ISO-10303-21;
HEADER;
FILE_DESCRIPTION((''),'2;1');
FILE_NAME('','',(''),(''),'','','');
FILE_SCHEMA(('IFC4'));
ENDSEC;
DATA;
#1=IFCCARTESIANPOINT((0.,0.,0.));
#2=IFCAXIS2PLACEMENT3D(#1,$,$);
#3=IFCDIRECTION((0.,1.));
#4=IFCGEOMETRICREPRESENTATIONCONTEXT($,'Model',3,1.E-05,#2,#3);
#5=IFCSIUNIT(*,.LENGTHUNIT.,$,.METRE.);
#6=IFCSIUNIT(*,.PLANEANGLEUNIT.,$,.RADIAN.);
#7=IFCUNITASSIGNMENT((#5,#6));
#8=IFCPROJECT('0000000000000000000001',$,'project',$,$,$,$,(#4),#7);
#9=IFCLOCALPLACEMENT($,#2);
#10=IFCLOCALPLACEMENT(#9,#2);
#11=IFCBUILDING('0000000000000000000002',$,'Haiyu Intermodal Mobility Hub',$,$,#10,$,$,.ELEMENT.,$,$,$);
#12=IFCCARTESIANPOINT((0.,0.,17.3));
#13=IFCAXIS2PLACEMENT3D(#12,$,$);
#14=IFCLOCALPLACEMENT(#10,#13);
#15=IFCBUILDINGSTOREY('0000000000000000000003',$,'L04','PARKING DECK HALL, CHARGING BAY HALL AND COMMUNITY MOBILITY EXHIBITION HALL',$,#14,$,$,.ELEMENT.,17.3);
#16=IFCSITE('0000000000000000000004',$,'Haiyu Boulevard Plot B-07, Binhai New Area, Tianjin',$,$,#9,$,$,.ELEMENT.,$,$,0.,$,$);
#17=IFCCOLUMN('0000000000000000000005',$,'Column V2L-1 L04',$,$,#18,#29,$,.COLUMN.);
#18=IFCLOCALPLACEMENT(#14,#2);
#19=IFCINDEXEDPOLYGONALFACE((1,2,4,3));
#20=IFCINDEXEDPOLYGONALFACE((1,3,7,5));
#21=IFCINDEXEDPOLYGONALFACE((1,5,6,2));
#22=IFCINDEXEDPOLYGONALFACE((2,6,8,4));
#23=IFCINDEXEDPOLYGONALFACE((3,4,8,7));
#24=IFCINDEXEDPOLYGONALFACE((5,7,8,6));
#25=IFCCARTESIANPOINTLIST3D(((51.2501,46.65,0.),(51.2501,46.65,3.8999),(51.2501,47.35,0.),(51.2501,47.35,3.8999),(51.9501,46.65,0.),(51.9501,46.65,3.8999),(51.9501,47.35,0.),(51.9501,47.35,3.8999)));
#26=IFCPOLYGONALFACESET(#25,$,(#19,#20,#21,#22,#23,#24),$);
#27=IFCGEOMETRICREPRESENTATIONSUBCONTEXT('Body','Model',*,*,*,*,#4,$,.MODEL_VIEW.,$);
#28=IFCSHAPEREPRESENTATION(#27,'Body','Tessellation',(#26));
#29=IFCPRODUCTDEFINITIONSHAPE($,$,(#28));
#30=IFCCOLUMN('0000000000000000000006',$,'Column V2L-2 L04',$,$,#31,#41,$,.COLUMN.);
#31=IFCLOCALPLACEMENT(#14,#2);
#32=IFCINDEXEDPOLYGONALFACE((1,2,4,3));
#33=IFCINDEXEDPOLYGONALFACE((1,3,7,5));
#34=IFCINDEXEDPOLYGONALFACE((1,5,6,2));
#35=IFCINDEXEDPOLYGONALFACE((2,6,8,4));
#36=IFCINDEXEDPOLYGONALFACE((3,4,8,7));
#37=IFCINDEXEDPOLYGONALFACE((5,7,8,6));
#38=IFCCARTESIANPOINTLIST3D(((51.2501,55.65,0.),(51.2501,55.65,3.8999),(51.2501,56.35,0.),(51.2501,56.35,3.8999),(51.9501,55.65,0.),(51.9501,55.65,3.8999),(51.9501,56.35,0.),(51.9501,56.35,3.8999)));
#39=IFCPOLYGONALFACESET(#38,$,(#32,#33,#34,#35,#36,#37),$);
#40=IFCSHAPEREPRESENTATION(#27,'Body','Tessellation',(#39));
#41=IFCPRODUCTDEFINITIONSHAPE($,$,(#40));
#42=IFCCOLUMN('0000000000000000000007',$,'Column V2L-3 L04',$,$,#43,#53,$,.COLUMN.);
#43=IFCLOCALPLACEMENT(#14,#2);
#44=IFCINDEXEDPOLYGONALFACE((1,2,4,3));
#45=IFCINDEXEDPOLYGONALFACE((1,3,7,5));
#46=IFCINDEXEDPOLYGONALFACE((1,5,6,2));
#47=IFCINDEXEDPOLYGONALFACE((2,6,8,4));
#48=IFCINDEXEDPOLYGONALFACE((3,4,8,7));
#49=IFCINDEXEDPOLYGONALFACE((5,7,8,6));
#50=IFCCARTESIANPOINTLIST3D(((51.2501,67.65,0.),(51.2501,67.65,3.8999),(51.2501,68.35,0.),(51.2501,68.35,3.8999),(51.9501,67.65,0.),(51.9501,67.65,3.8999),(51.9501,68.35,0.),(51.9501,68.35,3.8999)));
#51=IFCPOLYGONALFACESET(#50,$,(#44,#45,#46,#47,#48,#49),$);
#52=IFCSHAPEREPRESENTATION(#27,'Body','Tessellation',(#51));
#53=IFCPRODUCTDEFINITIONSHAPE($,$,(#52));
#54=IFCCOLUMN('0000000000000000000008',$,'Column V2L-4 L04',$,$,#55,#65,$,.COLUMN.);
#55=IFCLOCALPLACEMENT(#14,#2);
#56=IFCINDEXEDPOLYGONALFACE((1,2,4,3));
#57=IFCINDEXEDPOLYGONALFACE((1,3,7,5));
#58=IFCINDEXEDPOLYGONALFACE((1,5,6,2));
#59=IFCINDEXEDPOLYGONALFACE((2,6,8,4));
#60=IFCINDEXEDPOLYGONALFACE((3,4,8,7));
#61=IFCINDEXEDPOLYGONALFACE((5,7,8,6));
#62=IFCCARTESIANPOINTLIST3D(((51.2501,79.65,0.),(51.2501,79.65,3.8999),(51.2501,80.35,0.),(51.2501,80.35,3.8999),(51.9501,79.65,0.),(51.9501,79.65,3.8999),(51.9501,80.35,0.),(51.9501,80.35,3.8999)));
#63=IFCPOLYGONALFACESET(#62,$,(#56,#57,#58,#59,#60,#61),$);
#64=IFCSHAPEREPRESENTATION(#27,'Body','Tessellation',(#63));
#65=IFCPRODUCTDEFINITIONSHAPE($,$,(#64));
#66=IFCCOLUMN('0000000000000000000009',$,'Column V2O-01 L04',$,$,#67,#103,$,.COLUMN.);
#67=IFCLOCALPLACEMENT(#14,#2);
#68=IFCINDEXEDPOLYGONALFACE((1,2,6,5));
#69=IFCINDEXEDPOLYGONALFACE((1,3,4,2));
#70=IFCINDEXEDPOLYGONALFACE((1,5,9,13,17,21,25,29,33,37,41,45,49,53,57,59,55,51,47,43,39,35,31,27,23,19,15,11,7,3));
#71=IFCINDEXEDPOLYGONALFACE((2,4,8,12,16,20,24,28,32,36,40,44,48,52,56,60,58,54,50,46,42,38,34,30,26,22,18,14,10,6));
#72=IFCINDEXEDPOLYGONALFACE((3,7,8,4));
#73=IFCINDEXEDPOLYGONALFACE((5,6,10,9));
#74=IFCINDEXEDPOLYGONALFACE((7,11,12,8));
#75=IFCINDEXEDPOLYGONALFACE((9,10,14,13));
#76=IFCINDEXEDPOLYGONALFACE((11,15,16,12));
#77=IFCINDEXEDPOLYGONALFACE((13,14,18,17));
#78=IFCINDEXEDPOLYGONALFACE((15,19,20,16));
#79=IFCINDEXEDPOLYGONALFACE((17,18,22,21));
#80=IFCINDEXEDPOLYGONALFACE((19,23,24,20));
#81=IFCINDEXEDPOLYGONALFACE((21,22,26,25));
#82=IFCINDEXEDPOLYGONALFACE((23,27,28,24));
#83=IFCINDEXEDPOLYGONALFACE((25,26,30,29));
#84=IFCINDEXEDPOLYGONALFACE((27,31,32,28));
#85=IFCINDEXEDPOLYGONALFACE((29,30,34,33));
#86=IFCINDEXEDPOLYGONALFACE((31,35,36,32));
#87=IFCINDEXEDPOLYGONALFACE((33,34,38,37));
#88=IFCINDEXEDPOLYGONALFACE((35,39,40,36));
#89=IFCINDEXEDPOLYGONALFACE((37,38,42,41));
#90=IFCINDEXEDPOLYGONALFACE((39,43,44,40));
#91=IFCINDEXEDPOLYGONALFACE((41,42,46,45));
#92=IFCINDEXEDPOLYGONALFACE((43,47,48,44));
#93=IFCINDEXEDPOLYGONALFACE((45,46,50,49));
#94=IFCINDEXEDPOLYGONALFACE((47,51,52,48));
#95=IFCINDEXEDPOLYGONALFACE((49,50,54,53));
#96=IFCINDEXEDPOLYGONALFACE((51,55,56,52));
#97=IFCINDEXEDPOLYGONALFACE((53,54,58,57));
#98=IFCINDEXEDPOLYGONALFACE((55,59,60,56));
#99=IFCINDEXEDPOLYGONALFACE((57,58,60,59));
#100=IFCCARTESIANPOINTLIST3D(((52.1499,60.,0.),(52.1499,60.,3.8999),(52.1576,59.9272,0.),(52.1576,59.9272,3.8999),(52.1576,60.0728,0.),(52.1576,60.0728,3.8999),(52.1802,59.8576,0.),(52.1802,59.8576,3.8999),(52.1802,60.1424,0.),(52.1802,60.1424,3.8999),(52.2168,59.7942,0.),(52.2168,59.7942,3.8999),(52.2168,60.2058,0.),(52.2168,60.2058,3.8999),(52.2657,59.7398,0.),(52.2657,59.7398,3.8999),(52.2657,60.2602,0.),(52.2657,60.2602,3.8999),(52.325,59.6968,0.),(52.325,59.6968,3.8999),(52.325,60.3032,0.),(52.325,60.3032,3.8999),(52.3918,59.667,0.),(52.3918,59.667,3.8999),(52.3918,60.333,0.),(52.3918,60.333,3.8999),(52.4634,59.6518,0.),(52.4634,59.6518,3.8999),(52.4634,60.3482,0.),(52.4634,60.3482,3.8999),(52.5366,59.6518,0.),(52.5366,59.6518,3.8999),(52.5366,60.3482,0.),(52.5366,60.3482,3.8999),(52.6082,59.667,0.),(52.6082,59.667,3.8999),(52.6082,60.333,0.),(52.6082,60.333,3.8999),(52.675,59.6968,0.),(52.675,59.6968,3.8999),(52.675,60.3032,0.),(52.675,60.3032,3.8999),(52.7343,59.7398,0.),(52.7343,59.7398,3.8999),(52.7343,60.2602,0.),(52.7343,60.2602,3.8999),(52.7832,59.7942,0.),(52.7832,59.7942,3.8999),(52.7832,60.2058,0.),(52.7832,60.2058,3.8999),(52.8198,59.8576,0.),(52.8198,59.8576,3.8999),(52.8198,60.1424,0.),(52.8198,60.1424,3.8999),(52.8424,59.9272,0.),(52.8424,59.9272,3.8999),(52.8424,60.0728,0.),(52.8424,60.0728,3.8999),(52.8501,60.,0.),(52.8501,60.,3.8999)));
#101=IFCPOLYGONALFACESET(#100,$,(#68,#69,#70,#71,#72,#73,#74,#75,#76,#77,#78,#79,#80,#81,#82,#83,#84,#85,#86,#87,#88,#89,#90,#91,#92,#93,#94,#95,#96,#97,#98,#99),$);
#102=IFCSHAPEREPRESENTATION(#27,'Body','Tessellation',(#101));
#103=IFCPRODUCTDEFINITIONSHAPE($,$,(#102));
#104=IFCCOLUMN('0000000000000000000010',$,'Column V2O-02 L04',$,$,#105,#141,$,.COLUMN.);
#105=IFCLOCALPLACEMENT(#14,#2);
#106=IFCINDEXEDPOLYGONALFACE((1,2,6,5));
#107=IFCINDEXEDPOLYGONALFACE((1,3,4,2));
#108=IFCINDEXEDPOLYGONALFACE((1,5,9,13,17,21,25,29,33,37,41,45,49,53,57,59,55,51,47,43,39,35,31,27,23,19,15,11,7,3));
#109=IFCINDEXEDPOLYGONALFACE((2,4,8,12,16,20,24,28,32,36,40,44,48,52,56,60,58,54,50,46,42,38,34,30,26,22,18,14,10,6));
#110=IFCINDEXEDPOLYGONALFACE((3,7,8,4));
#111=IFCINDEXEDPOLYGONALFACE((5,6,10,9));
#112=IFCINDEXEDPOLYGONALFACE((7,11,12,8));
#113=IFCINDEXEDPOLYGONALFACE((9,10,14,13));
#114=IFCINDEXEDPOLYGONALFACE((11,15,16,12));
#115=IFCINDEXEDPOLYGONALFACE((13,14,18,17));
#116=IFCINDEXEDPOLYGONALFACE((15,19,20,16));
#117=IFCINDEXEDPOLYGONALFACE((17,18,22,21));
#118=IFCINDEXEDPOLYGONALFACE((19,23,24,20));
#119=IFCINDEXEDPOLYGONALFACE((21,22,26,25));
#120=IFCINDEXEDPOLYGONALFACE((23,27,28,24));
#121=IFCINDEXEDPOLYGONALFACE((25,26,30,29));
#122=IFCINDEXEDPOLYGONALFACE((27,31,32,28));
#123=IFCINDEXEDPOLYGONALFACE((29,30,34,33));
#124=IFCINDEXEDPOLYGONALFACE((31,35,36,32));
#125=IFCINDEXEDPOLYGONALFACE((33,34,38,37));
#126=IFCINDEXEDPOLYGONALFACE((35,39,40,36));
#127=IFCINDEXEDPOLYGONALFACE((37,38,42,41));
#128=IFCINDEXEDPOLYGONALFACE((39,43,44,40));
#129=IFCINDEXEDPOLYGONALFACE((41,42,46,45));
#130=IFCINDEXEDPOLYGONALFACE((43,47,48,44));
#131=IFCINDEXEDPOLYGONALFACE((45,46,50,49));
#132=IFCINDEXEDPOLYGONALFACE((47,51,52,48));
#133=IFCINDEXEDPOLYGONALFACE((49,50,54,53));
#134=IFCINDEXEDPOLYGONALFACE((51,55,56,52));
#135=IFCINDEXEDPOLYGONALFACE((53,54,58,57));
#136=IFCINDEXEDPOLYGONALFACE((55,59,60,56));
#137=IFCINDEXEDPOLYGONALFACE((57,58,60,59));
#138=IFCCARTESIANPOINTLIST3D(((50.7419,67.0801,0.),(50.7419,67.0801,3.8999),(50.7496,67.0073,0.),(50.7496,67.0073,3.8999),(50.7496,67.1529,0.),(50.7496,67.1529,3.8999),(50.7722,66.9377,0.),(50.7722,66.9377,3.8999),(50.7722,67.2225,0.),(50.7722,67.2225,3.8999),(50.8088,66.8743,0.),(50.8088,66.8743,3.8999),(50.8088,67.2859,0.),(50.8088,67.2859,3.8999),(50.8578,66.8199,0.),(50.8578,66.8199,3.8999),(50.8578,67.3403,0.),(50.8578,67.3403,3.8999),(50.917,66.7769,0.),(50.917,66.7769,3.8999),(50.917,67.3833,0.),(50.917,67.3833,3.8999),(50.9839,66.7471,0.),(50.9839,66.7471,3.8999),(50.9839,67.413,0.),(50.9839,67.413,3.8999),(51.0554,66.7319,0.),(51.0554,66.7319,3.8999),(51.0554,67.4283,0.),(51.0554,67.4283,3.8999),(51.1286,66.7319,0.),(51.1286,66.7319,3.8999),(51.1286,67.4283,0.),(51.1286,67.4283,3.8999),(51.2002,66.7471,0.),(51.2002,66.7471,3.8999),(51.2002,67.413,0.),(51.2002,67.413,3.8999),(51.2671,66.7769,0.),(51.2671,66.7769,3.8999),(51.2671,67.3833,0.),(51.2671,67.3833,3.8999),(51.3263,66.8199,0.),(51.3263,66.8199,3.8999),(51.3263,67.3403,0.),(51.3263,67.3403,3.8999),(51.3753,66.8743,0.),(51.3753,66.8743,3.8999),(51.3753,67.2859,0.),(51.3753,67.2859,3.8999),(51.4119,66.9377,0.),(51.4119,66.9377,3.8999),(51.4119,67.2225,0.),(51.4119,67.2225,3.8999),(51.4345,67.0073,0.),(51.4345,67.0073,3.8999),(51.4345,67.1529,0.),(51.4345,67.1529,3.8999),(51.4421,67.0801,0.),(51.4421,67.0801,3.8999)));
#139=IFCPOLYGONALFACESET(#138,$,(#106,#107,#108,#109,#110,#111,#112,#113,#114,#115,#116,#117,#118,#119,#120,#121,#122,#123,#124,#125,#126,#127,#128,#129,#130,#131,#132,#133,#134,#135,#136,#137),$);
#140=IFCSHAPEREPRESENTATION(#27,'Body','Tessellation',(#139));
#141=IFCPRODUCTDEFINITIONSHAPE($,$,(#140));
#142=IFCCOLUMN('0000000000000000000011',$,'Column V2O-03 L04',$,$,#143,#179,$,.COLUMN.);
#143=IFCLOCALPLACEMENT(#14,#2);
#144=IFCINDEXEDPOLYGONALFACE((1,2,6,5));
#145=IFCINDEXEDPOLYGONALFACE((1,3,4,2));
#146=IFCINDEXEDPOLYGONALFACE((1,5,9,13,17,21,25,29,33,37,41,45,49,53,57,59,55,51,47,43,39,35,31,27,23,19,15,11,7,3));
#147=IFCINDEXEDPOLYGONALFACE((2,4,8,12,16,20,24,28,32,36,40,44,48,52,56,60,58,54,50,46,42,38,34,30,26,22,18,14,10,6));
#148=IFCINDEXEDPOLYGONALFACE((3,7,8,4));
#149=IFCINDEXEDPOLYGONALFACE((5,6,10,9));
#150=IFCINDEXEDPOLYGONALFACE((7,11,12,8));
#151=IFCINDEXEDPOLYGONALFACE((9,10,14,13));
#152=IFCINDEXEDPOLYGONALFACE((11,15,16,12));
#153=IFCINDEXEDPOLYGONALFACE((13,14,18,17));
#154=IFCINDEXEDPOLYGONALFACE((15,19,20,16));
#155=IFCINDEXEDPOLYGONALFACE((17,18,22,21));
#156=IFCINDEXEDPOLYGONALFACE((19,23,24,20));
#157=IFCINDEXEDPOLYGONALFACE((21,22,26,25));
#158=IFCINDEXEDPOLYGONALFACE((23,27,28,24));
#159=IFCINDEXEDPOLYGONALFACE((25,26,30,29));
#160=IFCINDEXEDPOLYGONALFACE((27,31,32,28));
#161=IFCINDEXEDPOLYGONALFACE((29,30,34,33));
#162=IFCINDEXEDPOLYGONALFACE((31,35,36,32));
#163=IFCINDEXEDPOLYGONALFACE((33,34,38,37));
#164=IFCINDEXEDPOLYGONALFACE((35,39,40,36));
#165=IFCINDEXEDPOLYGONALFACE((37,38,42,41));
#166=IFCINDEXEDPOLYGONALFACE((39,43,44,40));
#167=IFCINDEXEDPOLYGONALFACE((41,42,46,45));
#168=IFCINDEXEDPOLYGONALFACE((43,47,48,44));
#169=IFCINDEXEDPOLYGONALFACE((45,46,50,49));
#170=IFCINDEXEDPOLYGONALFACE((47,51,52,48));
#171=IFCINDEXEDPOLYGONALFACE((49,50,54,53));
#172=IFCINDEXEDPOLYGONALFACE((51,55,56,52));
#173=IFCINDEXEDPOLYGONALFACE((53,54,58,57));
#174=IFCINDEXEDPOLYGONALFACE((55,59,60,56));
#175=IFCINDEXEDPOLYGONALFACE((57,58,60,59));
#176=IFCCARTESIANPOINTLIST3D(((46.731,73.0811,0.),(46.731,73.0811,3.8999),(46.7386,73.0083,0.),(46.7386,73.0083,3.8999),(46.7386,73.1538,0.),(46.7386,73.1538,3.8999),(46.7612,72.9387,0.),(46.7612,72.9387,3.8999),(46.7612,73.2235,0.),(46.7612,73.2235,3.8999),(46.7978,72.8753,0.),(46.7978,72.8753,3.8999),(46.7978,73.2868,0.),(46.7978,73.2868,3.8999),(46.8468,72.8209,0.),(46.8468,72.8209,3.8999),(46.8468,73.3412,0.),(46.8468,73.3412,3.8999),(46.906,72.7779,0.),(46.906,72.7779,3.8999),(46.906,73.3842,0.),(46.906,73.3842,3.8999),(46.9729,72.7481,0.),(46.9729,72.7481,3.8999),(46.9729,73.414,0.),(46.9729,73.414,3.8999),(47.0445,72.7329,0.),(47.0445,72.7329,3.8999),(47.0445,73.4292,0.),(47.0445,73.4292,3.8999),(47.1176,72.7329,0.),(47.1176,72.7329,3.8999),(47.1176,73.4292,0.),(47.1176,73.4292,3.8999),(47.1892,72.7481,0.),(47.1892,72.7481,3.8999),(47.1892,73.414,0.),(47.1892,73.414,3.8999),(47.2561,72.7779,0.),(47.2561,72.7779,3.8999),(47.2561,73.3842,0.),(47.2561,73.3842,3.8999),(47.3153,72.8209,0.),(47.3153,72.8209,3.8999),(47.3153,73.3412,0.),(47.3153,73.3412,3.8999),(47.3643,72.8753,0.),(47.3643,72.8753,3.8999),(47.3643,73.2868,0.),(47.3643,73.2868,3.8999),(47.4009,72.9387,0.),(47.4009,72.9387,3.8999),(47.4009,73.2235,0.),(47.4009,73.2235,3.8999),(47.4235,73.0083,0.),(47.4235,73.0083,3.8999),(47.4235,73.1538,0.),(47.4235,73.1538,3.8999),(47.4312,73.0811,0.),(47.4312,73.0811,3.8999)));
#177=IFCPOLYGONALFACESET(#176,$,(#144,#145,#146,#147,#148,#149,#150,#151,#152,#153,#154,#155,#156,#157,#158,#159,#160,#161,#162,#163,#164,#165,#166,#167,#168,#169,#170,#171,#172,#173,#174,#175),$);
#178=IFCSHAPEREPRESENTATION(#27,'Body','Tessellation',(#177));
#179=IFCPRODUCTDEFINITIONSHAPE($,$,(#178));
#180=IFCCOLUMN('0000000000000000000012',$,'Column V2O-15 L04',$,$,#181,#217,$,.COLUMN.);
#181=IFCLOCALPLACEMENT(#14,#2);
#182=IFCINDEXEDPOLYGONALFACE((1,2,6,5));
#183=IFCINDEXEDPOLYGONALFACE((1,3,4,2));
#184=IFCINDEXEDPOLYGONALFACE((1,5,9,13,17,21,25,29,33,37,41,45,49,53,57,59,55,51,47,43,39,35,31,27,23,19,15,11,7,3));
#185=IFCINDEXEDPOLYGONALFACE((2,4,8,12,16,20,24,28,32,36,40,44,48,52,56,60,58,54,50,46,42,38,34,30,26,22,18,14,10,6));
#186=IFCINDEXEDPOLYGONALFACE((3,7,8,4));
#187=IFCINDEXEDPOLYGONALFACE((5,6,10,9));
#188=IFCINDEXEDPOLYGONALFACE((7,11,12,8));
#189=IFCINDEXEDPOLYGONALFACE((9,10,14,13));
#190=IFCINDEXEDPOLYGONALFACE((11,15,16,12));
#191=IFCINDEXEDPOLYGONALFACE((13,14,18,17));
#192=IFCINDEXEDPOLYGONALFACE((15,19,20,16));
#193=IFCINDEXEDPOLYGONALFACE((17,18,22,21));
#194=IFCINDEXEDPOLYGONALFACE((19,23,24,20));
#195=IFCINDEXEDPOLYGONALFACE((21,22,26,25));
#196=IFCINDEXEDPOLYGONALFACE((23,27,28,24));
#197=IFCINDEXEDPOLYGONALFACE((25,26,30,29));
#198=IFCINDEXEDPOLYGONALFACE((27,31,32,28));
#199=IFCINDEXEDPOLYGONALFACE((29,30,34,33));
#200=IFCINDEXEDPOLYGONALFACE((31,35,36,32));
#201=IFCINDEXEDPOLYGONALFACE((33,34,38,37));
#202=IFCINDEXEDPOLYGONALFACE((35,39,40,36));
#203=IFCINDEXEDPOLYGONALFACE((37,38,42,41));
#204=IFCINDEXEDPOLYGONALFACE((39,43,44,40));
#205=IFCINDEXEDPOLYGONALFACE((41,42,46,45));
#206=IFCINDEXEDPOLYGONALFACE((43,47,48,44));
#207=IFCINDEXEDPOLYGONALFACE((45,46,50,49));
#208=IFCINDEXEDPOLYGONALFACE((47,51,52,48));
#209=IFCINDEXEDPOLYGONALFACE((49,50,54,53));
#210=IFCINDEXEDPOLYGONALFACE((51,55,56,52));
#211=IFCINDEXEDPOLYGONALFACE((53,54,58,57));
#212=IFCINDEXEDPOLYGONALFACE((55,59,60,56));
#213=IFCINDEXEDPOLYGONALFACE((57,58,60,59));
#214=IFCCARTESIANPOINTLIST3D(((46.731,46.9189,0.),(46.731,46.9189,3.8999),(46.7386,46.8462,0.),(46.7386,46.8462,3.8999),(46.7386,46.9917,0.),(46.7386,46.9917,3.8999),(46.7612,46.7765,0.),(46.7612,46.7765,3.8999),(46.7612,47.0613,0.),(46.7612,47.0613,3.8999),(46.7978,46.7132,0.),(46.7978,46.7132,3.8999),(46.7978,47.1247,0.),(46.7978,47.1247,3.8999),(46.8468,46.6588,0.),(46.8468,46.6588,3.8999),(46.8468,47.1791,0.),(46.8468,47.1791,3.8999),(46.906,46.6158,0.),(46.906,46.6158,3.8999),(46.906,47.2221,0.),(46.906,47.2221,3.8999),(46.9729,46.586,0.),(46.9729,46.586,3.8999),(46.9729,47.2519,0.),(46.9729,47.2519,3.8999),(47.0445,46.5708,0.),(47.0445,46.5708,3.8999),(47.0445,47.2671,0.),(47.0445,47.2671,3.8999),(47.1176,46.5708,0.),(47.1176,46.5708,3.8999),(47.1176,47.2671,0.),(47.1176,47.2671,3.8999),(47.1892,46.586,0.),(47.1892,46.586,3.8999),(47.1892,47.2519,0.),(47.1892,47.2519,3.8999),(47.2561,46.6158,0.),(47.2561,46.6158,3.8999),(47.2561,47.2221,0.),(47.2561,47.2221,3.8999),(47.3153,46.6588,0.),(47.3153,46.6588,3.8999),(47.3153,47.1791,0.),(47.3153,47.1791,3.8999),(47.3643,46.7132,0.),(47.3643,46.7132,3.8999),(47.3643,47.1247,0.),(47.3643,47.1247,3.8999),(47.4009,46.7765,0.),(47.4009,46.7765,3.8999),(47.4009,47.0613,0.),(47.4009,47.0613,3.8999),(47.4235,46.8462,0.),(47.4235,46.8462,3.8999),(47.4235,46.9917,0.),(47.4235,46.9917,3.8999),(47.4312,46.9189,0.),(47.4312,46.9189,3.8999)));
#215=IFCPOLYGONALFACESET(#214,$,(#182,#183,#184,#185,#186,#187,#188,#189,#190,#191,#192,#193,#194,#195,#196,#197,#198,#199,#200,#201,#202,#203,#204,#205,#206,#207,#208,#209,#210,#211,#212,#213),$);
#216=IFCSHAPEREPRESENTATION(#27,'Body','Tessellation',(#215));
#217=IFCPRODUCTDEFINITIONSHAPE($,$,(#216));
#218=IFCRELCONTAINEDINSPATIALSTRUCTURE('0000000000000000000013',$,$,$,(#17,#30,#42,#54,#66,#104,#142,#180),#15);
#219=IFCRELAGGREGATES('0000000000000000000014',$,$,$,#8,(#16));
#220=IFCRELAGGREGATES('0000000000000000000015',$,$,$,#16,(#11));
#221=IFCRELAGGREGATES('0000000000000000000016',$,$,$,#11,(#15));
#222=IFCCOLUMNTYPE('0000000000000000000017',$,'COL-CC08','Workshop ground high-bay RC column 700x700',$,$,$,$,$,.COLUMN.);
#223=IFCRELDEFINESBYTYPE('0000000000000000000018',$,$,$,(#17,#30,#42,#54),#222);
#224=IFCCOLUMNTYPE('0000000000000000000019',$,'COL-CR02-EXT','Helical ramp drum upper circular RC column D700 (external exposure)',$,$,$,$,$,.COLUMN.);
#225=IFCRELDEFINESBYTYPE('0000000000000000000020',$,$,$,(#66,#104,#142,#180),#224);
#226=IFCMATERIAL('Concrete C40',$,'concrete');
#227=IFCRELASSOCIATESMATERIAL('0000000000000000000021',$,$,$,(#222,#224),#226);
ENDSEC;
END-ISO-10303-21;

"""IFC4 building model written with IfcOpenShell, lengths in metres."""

from ifc_helpers import new_model, si_unit, direction, frame, origin, origin_2d, place, context, subcontext, project, spatial, rectangle, circle, extrude, material, material_profile, profile_set, type_object, element, save


model = new_model("IFC4")

# Units and contexts
model_context = context("Model", 3, precision=1e-05, world=origin(), true_north=direction((0.0, 1.0)))
body_context = subcontext(model_context, "Body", "Model", "MODEL_VIEW")
ifc_project = project(units=[si_unit("LENGTHUNIT", "METRE"), si_unit("PLANEANGLEUNIT", "RADIAN")], contexts=[model_context])

# Site, building, storey
site_placement = place(None, origin())
site = spatial("IfcSite", under=ifc_project, at=site_placement, Name="Haiyu Boulevard Plot B-07, Binhai New Area, Tianjin", CompositionType="ELEMENT", RefElevation=0.0)
building_placement = place(site_placement, origin())
building = spatial("IfcBuilding", under=site, at=building_placement, Name="Haiyu Intermodal Mobility Hub", CompositionType="ELEMENT")
storey_placement = place(building_placement, frame((0.0, 0.0, 17.3)))
storey = spatial("IfcBuildingStorey", under=building, at=storey_placement, Name="L04", Description="PARKING DECK HALL, CHARGING BAY HALL AND COMMUNITY MOBILITY EXHIBITION HALL", CompositionType="ELEMENT", Elevation=17.3)

# Columns
ifc_material_1 = material(Name="Concrete C40", Category="concrete")
ifc_material_profile_1 = material_profile(ifc_material_1, rectangle(XDim=0.7, YDim=0.7, at=origin_2d()), Name="RC700x700")
ifc_profile_set_1 = profile_set([ifc_material_profile_1], Name="Concrete C40")
column_type_1 = type_object("IfcColumnType", Name="COL-CC08", Description="Workshop ground high-bay RC column 700x700", PredefinedType="COLUMN", material=ifc_profile_set_1)
for number, where, z_axis, x_axis, name in (
    (1, (51.6001, 47.0, 0.0), (0.0, 0.0, 1.0), (1.0, 0.0, 0.0), "Column V2L-1 L04"),
    (2, (51.6001, 56.0, 0.0), (0.0, 0.0, 1.0), (1.0, 0.0, 0.0), "Column V2L-2 L04"),
    (3, (51.6001, 68.0, 0.0), (0.0, 0.0, 1.0), (1.0, 0.0, 0.0), "Column V2L-3 L04"),
    (4, (51.6001, 80.0, 0.0), (0.0, 0.0, 1.0), (1.0, 0.0, 0.0), "Column V2L-4 L04"),
):
    element("IfcColumn", number, at=place(storey_placement, frame(where, z_axis=z_axis, x_axis=x_axis)), inside=storey, type_object=column_type_1, Name=name, PredefinedType="COLUMN", context=body_context, shape_type="SweptSolid", body=[
        extrude(rectangle(XDim=0.7, YDim=0.7, at=origin_2d()), origin(), (0.0, 0.0, 1.0), 3.8999),
    ])
ifc_material_profile_2 = material_profile(ifc_material_1, circle(Radius=0.3501, at=origin_2d()), Name="RCCOL-D700")
ifc_profile_set_2 = profile_set([ifc_material_profile_2], Name="Concrete C40")
column_type_2 = type_object("IfcColumnType", Name="COL-CR02-EXT", Description="Helical ramp drum upper circular RC column D700 (external exposure)", PredefinedType="COLUMN", material=ifc_profile_set_2)
for number, where, z_axis, x_axis, name in (
    (5, (52.5, 60.0, 0.0), (0.0, 0.0, 1.0), (1.0, 0.0, 0.0), "Column V2O-01 L04"),
    (6, (51.092, 67.0801, 0.0), (0.0, 0.0, 1.0), (1.0, 0.0, 0.0), "Column V2O-02 L04"),
    (7, (47.0811, 73.0811, 0.0), (0.0, 0.0, 1.0), (1.0, 0.0, 0.0), "Column V2O-03 L04"),
    (8, (47.0811, 46.9189, 0.0), (0.0, 0.0, 1.0), (1.0, 0.0, 0.0), "Column V2O-15 L04"),
):
    element("IfcColumn", number, at=place(storey_placement, frame(where, z_axis=z_axis, x_axis=x_axis)), inside=storey, type_object=column_type_2, Name=name, PredefinedType="COLUMN", context=body_context, shape_type="SweptSolid", body=[
        extrude(circle(Radius=0.3501, at=origin_2d()), origin(), (0.0, 0.0, 1.0), 3.8999),
    ])

save(model, "model.ifc")
